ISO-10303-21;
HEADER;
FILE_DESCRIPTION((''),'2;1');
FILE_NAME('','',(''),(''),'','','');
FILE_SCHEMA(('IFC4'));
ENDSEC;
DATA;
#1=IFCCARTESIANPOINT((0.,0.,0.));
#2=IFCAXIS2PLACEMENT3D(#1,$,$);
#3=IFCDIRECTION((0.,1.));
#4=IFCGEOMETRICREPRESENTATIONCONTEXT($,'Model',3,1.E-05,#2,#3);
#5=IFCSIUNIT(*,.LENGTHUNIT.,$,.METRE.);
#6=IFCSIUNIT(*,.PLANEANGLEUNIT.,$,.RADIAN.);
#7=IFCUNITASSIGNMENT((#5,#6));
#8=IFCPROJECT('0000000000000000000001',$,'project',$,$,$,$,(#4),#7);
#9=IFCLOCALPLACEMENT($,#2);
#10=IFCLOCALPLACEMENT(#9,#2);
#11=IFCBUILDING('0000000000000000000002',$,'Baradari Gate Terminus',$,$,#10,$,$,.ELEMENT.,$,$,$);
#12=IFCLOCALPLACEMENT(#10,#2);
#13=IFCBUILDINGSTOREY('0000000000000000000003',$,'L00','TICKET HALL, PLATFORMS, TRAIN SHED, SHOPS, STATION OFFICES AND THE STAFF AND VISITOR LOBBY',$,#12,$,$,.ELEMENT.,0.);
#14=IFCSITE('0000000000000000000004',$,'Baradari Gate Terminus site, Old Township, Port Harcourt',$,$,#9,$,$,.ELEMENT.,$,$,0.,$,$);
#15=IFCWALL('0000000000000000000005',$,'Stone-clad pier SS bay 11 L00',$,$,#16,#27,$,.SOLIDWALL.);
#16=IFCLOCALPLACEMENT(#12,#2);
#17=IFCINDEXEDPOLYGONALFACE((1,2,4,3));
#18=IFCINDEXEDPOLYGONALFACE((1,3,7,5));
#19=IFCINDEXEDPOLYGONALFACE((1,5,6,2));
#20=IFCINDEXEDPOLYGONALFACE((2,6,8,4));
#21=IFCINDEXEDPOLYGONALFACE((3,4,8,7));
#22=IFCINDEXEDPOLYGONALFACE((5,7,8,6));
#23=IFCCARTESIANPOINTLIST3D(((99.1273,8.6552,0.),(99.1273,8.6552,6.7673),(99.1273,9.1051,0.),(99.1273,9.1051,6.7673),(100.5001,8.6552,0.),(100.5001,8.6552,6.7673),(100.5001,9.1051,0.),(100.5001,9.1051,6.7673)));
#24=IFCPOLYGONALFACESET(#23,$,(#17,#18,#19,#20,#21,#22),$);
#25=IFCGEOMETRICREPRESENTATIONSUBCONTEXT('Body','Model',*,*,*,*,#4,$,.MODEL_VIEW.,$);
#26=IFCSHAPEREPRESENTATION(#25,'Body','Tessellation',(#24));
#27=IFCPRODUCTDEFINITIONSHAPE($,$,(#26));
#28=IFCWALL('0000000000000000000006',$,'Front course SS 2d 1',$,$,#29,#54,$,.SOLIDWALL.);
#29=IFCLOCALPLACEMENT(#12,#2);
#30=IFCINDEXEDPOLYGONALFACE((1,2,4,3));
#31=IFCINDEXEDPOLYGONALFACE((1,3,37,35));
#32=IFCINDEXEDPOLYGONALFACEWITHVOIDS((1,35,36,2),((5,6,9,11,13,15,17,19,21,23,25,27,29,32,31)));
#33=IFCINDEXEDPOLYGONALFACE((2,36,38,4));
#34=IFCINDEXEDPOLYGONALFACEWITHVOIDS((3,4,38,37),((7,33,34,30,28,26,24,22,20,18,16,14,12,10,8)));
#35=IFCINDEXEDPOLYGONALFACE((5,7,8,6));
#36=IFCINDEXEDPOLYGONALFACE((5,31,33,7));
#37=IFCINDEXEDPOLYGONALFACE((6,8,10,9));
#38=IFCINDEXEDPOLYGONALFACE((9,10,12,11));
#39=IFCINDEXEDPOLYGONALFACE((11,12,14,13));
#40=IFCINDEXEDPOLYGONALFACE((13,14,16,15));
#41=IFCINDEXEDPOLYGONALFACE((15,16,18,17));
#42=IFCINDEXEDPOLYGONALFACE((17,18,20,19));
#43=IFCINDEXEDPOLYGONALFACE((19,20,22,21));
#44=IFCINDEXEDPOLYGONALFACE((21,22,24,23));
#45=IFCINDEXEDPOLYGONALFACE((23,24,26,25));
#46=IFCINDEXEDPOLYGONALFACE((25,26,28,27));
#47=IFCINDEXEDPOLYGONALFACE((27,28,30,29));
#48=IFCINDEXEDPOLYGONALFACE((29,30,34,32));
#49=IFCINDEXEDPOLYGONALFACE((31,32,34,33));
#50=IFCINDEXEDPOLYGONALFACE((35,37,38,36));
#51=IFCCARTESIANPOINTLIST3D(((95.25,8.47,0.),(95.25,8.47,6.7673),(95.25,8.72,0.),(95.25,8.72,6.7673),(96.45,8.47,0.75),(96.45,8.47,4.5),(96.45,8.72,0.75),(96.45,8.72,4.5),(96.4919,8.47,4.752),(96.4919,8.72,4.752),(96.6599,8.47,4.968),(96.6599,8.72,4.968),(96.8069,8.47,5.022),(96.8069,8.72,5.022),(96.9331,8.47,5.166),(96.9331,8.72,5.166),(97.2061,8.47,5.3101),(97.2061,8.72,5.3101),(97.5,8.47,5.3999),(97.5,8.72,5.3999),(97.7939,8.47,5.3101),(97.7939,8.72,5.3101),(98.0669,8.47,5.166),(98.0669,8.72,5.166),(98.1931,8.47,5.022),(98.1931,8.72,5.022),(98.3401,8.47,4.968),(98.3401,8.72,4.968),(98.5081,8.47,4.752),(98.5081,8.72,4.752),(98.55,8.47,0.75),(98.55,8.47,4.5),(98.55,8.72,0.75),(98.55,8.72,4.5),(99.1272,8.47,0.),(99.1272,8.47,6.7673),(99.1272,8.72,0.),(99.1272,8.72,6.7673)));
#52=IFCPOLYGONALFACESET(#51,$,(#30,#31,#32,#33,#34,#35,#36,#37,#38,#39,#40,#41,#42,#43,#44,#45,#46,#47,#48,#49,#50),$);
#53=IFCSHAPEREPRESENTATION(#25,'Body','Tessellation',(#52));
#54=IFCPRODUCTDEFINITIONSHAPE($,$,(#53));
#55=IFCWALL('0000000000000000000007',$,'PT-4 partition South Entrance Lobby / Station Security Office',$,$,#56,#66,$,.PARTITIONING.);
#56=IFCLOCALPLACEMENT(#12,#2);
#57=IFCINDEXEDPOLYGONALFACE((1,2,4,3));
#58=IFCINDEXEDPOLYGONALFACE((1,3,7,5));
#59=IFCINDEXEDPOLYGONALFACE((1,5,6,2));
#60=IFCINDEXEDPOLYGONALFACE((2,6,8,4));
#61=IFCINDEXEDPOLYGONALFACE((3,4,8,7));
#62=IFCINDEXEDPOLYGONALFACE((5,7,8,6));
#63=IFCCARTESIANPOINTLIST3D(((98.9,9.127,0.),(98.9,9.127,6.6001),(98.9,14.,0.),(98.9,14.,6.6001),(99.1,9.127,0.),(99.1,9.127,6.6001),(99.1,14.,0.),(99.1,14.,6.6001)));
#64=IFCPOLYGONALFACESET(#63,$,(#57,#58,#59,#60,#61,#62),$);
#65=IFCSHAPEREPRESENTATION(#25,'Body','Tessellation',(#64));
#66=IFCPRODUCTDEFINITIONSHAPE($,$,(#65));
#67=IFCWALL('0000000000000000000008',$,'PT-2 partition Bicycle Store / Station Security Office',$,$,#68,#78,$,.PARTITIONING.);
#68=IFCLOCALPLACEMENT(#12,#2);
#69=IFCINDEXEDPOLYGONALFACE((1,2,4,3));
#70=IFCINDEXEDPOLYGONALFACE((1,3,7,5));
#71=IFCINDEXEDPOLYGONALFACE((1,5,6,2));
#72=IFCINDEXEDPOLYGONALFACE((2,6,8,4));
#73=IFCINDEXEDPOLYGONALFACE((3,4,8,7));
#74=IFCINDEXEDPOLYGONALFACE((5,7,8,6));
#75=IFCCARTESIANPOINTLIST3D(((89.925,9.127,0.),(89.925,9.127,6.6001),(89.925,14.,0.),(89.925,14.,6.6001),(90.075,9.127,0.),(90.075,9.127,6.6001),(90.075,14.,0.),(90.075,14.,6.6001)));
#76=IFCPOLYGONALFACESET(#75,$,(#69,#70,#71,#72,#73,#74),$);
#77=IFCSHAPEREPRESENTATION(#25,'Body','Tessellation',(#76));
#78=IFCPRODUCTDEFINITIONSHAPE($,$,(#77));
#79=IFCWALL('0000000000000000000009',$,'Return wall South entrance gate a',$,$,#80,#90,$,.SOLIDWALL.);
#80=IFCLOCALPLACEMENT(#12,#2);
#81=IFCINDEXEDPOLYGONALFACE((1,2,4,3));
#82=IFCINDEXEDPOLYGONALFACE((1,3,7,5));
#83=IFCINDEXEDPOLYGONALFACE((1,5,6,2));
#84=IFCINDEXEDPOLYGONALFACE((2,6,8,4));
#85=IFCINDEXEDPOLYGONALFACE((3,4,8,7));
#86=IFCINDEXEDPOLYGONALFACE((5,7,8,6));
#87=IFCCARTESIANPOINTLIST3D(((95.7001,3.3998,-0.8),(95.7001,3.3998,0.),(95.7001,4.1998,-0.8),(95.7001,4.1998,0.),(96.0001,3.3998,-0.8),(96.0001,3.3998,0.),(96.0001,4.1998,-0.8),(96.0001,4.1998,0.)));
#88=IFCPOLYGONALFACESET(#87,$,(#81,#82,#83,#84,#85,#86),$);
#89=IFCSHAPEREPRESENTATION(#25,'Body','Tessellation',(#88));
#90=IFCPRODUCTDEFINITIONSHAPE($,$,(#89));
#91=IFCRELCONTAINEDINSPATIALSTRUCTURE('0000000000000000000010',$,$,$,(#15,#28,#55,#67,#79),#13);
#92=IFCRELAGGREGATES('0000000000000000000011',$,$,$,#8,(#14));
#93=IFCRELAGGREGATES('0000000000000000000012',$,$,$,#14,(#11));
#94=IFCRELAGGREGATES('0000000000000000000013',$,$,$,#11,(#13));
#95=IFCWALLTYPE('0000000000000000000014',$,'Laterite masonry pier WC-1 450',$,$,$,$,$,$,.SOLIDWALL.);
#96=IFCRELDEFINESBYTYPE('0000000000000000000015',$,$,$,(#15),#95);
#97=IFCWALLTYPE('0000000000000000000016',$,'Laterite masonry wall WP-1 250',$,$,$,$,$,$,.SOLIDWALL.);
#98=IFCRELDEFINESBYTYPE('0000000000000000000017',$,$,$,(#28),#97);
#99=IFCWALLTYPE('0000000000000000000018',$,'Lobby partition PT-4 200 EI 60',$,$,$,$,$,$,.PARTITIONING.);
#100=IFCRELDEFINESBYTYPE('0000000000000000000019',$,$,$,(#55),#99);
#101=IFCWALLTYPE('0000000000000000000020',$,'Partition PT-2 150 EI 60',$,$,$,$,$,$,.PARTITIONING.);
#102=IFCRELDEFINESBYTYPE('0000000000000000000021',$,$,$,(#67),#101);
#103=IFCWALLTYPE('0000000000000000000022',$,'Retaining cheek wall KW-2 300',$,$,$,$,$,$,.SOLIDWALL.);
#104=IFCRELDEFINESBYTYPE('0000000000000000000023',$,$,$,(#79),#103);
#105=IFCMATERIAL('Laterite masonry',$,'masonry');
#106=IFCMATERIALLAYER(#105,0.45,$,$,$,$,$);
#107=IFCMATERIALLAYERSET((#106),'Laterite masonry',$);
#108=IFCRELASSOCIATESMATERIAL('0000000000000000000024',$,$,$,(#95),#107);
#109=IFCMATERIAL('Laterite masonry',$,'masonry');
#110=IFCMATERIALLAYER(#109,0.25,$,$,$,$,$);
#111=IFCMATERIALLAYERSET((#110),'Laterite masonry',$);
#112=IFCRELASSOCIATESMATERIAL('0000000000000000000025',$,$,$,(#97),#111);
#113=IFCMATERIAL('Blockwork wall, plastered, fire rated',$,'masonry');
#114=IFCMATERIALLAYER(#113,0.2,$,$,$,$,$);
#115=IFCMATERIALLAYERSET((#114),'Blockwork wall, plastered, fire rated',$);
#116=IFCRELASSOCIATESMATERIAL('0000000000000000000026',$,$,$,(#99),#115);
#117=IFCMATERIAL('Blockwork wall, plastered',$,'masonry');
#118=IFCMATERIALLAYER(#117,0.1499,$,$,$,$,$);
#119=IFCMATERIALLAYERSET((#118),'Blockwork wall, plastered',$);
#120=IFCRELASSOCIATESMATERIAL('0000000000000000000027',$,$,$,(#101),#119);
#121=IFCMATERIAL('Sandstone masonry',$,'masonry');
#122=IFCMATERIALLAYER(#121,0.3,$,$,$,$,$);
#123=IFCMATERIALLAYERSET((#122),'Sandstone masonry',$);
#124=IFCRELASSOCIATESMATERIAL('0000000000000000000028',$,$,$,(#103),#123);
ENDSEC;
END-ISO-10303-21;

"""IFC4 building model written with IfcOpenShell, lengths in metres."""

from ifc_helpers import new_model, si_unit, direction, frame, frame_2d, origin, place, context, subcontext, project, spatial, polyline, rectangle, outline, extrude, material, layer, layer_set, type_object, element, save


model = new_model("IFC4")

# Units and contexts
model_context = context("Model", 3, precision=1e-05, world=origin(), true_north=direction((0.0, 1.0)))
body_context = subcontext(model_context, "Body", "Model", "MODEL_VIEW")
ifc_project = project(units=[si_unit("LENGTHUNIT", "METRE"), si_unit("PLANEANGLEUNIT", "RADIAN")], contexts=[model_context])

# Site, building, storey
site_placement = place(None, origin())
site = spatial("IfcSite", under=ifc_project, at=site_placement, Name="Baradari Gate Terminus site, Old Township, Port Harcourt", CompositionType="ELEMENT", RefElevation=0.0)
building_placement = place(site_placement, origin())
building = spatial("IfcBuilding", under=site, at=building_placement, Name="Baradari Gate Terminus", CompositionType="ELEMENT")
storey_placement = place(building_placement, origin())
storey = spatial("IfcBuildingStorey", under=building, at=storey_placement, Name="L00", Description="TICKET HALL, PLATFORMS, TRAIN SHED, SHOPS, STATION OFFICES AND THE STAFF AND VISITOR LOBBY", CompositionType="ELEMENT", Elevation=0.0)

# Walls
ifc_material_1 = material(Name="Laterite masonry", Category="masonry")
ifc_layer_1 = layer(ifc_material_1, 0.45)
ifc_layer_set_1 = layer_set([ifc_layer_1], Name="Laterite masonry")
wall_type_1 = type_object("IfcWallType", Name="Laterite masonry pier WC-1 450", PredefinedType="SOLIDWALL", material=ifc_layer_set_1)
wall_1_placement = place(storey_placement, frame((99.1272, 8.8801, 0.0), z_axis=(0.0, 0.0, 1.0), x_axis=(1.0, 0.0, 0.0)))
element("IfcWall", 1, at=wall_1_placement, inside=storey, type_object=wall_type_1, Name="Stone-clad pier SS bay 11 L00", PredefinedType="SOLIDWALL", context=body_context, shape_type="SweptSolid", body=[
    extrude(rectangle(XDim=1.3728, YDim=0.45, at=frame_2d((0.6865, 0.0))), origin(), (0.0, 0.0, 1.0), 6.7673),
])
ifc_material_2 = material(Name="Laterite masonry", Category="masonry")
ifc_layer_2 = layer(ifc_material_2, 0.25)
ifc_layer_set_2 = layer_set([ifc_layer_2], Name="Laterite masonry")
wall_type_2 = type_object("IfcWallType", Name="Laterite masonry wall WP-1 250", PredefinedType="SOLIDWALL", material=ifc_layer_set_2)
wall_2_placement = place(storey_placement, frame((95.25, 8.595, 0.0), z_axis=(0.0, 0.0, 1.0), x_axis=(1.0, 0.0, 0.0)))
element("IfcWall", 2, at=wall_2_placement, inside=storey, type_object=wall_type_2, Name="Front course SS 2d 1", PredefinedType="SOLIDWALL", context=body_context, shape_type="SweptSolid", body=[
    extrude(outline(polyline([(0.0, 0.0), (3.8772, 0.0), (3.8772, 6.7673), (0.0, 6.7673), (0.0, 0.0)]), holes=[polyline([(1.2, 0.75), (1.2, 4.5), (1.2419, 4.752), (1.4099, 4.968), (1.5569, 5.022), (1.6831, 5.166), (1.9561, 5.3101), (2.25, 5.3999), (2.5439, 5.3101), (2.8169, 5.166), (2.9431, 5.022), (3.0901, 4.968), (3.2581, 4.752), (3.3, 4.5), (3.3, 0.75), (1.2, 0.75)])]), frame((0.0, 0.125, 0.0), z_axis=(0.0, -1.0, 0.0), x_axis=(1.0, 0.0, 0.0)), (0.0, 0.0, 1.0), 0.25),
])
ifc_material_3 = material(Name="Blockwork wall, plastered, fire rated", Category="masonry")
ifc_layer_3 = layer(ifc_material_3, 0.2)
ifc_layer_set_3 = layer_set([ifc_layer_3], Name="Blockwork wall, plastered, fire rated")
wall_type_3 = type_object("IfcWallType", Name="Lobby partition PT-4 200 EI 60", PredefinedType="PARTITIONING", material=ifc_layer_set_3)
wall_3_placement = place(storey_placement, frame((99.0, 9.127, 0.0), z_axis=(0.0, 0.0, 1.0), x_axis=(0.0, 1.0, 0.0)))
element("IfcWall", 3, at=wall_3_placement, inside=storey, type_object=wall_type_3, Name="PT-4 partition South Entrance Lobby / Station Security Office", PredefinedType="PARTITIONING", context=body_context, shape_type="SweptSolid", body=[
    extrude(rectangle(XDim=4.873, YDim=0.2, at=frame_2d((2.4365, 0.0))), origin(), (0.0, 0.0, 1.0), 6.6001),
])
ifc_material_4 = material(Name="Blockwork wall, plastered", Category="masonry")
ifc_layer_4 = layer(ifc_material_4, 0.1499)
ifc_layer_set_4 = layer_set([ifc_layer_4], Name="Blockwork wall, plastered")
wall_type_4 = type_object("IfcWallType", Name="Partition PT-2 150 EI 60", PredefinedType="PARTITIONING", material=ifc_layer_set_4)
wall_4_placement = place(storey_placement, frame((90.0, 14.0, 0.0), z_axis=(0.0, 0.0, 1.0), x_axis=(0.0, -1.0, 0.0)))
element("IfcWall", 4, at=wall_4_placement, inside=storey, type_object=wall_type_4, Name="PT-2 partition Bicycle Store / Station Security Office", PredefinedType="PARTITIONING", context=body_context, shape_type="SweptSolid", body=[
    extrude(rectangle(XDim=4.873, YDim=0.1499, at=frame_2d((2.4365, 0.0))), origin(), (0.0, 0.0, 1.0), 6.6001),
])
ifc_material_5 = material(Name="Sandstone masonry", Category="masonry")
ifc_layer_5 = layer(ifc_material_5, 0.3)
ifc_layer_set_5 = layer_set([ifc_layer_5], Name="Sandstone masonry")
wall_type_5 = type_object("IfcWallType", Name="Retaining cheek wall KW-2 300", PredefinedType="SOLIDWALL", material=ifc_layer_set_5)
wall_5_placement = place(storey_placement, frame((95.8501, 3.3999, -0.8), z_axis=(0.0, 0.0, 1.0), x_axis=(0.0, 1.0, 0.0)))
element("IfcWall", 5, at=wall_5_placement, inside=storey, type_object=wall_type_5, Name="Return wall South entrance gate a", PredefinedType="SOLIDWALL", context=body_context, shape_type="SweptSolid", body=[
    extrude(rectangle(XDim=0.8, YDim=0.3, at=frame_2d((0.3999, 0.0))), origin(), (0.0, 0.0, 1.0), 0.8),
])

save(model, "model.ifc")
